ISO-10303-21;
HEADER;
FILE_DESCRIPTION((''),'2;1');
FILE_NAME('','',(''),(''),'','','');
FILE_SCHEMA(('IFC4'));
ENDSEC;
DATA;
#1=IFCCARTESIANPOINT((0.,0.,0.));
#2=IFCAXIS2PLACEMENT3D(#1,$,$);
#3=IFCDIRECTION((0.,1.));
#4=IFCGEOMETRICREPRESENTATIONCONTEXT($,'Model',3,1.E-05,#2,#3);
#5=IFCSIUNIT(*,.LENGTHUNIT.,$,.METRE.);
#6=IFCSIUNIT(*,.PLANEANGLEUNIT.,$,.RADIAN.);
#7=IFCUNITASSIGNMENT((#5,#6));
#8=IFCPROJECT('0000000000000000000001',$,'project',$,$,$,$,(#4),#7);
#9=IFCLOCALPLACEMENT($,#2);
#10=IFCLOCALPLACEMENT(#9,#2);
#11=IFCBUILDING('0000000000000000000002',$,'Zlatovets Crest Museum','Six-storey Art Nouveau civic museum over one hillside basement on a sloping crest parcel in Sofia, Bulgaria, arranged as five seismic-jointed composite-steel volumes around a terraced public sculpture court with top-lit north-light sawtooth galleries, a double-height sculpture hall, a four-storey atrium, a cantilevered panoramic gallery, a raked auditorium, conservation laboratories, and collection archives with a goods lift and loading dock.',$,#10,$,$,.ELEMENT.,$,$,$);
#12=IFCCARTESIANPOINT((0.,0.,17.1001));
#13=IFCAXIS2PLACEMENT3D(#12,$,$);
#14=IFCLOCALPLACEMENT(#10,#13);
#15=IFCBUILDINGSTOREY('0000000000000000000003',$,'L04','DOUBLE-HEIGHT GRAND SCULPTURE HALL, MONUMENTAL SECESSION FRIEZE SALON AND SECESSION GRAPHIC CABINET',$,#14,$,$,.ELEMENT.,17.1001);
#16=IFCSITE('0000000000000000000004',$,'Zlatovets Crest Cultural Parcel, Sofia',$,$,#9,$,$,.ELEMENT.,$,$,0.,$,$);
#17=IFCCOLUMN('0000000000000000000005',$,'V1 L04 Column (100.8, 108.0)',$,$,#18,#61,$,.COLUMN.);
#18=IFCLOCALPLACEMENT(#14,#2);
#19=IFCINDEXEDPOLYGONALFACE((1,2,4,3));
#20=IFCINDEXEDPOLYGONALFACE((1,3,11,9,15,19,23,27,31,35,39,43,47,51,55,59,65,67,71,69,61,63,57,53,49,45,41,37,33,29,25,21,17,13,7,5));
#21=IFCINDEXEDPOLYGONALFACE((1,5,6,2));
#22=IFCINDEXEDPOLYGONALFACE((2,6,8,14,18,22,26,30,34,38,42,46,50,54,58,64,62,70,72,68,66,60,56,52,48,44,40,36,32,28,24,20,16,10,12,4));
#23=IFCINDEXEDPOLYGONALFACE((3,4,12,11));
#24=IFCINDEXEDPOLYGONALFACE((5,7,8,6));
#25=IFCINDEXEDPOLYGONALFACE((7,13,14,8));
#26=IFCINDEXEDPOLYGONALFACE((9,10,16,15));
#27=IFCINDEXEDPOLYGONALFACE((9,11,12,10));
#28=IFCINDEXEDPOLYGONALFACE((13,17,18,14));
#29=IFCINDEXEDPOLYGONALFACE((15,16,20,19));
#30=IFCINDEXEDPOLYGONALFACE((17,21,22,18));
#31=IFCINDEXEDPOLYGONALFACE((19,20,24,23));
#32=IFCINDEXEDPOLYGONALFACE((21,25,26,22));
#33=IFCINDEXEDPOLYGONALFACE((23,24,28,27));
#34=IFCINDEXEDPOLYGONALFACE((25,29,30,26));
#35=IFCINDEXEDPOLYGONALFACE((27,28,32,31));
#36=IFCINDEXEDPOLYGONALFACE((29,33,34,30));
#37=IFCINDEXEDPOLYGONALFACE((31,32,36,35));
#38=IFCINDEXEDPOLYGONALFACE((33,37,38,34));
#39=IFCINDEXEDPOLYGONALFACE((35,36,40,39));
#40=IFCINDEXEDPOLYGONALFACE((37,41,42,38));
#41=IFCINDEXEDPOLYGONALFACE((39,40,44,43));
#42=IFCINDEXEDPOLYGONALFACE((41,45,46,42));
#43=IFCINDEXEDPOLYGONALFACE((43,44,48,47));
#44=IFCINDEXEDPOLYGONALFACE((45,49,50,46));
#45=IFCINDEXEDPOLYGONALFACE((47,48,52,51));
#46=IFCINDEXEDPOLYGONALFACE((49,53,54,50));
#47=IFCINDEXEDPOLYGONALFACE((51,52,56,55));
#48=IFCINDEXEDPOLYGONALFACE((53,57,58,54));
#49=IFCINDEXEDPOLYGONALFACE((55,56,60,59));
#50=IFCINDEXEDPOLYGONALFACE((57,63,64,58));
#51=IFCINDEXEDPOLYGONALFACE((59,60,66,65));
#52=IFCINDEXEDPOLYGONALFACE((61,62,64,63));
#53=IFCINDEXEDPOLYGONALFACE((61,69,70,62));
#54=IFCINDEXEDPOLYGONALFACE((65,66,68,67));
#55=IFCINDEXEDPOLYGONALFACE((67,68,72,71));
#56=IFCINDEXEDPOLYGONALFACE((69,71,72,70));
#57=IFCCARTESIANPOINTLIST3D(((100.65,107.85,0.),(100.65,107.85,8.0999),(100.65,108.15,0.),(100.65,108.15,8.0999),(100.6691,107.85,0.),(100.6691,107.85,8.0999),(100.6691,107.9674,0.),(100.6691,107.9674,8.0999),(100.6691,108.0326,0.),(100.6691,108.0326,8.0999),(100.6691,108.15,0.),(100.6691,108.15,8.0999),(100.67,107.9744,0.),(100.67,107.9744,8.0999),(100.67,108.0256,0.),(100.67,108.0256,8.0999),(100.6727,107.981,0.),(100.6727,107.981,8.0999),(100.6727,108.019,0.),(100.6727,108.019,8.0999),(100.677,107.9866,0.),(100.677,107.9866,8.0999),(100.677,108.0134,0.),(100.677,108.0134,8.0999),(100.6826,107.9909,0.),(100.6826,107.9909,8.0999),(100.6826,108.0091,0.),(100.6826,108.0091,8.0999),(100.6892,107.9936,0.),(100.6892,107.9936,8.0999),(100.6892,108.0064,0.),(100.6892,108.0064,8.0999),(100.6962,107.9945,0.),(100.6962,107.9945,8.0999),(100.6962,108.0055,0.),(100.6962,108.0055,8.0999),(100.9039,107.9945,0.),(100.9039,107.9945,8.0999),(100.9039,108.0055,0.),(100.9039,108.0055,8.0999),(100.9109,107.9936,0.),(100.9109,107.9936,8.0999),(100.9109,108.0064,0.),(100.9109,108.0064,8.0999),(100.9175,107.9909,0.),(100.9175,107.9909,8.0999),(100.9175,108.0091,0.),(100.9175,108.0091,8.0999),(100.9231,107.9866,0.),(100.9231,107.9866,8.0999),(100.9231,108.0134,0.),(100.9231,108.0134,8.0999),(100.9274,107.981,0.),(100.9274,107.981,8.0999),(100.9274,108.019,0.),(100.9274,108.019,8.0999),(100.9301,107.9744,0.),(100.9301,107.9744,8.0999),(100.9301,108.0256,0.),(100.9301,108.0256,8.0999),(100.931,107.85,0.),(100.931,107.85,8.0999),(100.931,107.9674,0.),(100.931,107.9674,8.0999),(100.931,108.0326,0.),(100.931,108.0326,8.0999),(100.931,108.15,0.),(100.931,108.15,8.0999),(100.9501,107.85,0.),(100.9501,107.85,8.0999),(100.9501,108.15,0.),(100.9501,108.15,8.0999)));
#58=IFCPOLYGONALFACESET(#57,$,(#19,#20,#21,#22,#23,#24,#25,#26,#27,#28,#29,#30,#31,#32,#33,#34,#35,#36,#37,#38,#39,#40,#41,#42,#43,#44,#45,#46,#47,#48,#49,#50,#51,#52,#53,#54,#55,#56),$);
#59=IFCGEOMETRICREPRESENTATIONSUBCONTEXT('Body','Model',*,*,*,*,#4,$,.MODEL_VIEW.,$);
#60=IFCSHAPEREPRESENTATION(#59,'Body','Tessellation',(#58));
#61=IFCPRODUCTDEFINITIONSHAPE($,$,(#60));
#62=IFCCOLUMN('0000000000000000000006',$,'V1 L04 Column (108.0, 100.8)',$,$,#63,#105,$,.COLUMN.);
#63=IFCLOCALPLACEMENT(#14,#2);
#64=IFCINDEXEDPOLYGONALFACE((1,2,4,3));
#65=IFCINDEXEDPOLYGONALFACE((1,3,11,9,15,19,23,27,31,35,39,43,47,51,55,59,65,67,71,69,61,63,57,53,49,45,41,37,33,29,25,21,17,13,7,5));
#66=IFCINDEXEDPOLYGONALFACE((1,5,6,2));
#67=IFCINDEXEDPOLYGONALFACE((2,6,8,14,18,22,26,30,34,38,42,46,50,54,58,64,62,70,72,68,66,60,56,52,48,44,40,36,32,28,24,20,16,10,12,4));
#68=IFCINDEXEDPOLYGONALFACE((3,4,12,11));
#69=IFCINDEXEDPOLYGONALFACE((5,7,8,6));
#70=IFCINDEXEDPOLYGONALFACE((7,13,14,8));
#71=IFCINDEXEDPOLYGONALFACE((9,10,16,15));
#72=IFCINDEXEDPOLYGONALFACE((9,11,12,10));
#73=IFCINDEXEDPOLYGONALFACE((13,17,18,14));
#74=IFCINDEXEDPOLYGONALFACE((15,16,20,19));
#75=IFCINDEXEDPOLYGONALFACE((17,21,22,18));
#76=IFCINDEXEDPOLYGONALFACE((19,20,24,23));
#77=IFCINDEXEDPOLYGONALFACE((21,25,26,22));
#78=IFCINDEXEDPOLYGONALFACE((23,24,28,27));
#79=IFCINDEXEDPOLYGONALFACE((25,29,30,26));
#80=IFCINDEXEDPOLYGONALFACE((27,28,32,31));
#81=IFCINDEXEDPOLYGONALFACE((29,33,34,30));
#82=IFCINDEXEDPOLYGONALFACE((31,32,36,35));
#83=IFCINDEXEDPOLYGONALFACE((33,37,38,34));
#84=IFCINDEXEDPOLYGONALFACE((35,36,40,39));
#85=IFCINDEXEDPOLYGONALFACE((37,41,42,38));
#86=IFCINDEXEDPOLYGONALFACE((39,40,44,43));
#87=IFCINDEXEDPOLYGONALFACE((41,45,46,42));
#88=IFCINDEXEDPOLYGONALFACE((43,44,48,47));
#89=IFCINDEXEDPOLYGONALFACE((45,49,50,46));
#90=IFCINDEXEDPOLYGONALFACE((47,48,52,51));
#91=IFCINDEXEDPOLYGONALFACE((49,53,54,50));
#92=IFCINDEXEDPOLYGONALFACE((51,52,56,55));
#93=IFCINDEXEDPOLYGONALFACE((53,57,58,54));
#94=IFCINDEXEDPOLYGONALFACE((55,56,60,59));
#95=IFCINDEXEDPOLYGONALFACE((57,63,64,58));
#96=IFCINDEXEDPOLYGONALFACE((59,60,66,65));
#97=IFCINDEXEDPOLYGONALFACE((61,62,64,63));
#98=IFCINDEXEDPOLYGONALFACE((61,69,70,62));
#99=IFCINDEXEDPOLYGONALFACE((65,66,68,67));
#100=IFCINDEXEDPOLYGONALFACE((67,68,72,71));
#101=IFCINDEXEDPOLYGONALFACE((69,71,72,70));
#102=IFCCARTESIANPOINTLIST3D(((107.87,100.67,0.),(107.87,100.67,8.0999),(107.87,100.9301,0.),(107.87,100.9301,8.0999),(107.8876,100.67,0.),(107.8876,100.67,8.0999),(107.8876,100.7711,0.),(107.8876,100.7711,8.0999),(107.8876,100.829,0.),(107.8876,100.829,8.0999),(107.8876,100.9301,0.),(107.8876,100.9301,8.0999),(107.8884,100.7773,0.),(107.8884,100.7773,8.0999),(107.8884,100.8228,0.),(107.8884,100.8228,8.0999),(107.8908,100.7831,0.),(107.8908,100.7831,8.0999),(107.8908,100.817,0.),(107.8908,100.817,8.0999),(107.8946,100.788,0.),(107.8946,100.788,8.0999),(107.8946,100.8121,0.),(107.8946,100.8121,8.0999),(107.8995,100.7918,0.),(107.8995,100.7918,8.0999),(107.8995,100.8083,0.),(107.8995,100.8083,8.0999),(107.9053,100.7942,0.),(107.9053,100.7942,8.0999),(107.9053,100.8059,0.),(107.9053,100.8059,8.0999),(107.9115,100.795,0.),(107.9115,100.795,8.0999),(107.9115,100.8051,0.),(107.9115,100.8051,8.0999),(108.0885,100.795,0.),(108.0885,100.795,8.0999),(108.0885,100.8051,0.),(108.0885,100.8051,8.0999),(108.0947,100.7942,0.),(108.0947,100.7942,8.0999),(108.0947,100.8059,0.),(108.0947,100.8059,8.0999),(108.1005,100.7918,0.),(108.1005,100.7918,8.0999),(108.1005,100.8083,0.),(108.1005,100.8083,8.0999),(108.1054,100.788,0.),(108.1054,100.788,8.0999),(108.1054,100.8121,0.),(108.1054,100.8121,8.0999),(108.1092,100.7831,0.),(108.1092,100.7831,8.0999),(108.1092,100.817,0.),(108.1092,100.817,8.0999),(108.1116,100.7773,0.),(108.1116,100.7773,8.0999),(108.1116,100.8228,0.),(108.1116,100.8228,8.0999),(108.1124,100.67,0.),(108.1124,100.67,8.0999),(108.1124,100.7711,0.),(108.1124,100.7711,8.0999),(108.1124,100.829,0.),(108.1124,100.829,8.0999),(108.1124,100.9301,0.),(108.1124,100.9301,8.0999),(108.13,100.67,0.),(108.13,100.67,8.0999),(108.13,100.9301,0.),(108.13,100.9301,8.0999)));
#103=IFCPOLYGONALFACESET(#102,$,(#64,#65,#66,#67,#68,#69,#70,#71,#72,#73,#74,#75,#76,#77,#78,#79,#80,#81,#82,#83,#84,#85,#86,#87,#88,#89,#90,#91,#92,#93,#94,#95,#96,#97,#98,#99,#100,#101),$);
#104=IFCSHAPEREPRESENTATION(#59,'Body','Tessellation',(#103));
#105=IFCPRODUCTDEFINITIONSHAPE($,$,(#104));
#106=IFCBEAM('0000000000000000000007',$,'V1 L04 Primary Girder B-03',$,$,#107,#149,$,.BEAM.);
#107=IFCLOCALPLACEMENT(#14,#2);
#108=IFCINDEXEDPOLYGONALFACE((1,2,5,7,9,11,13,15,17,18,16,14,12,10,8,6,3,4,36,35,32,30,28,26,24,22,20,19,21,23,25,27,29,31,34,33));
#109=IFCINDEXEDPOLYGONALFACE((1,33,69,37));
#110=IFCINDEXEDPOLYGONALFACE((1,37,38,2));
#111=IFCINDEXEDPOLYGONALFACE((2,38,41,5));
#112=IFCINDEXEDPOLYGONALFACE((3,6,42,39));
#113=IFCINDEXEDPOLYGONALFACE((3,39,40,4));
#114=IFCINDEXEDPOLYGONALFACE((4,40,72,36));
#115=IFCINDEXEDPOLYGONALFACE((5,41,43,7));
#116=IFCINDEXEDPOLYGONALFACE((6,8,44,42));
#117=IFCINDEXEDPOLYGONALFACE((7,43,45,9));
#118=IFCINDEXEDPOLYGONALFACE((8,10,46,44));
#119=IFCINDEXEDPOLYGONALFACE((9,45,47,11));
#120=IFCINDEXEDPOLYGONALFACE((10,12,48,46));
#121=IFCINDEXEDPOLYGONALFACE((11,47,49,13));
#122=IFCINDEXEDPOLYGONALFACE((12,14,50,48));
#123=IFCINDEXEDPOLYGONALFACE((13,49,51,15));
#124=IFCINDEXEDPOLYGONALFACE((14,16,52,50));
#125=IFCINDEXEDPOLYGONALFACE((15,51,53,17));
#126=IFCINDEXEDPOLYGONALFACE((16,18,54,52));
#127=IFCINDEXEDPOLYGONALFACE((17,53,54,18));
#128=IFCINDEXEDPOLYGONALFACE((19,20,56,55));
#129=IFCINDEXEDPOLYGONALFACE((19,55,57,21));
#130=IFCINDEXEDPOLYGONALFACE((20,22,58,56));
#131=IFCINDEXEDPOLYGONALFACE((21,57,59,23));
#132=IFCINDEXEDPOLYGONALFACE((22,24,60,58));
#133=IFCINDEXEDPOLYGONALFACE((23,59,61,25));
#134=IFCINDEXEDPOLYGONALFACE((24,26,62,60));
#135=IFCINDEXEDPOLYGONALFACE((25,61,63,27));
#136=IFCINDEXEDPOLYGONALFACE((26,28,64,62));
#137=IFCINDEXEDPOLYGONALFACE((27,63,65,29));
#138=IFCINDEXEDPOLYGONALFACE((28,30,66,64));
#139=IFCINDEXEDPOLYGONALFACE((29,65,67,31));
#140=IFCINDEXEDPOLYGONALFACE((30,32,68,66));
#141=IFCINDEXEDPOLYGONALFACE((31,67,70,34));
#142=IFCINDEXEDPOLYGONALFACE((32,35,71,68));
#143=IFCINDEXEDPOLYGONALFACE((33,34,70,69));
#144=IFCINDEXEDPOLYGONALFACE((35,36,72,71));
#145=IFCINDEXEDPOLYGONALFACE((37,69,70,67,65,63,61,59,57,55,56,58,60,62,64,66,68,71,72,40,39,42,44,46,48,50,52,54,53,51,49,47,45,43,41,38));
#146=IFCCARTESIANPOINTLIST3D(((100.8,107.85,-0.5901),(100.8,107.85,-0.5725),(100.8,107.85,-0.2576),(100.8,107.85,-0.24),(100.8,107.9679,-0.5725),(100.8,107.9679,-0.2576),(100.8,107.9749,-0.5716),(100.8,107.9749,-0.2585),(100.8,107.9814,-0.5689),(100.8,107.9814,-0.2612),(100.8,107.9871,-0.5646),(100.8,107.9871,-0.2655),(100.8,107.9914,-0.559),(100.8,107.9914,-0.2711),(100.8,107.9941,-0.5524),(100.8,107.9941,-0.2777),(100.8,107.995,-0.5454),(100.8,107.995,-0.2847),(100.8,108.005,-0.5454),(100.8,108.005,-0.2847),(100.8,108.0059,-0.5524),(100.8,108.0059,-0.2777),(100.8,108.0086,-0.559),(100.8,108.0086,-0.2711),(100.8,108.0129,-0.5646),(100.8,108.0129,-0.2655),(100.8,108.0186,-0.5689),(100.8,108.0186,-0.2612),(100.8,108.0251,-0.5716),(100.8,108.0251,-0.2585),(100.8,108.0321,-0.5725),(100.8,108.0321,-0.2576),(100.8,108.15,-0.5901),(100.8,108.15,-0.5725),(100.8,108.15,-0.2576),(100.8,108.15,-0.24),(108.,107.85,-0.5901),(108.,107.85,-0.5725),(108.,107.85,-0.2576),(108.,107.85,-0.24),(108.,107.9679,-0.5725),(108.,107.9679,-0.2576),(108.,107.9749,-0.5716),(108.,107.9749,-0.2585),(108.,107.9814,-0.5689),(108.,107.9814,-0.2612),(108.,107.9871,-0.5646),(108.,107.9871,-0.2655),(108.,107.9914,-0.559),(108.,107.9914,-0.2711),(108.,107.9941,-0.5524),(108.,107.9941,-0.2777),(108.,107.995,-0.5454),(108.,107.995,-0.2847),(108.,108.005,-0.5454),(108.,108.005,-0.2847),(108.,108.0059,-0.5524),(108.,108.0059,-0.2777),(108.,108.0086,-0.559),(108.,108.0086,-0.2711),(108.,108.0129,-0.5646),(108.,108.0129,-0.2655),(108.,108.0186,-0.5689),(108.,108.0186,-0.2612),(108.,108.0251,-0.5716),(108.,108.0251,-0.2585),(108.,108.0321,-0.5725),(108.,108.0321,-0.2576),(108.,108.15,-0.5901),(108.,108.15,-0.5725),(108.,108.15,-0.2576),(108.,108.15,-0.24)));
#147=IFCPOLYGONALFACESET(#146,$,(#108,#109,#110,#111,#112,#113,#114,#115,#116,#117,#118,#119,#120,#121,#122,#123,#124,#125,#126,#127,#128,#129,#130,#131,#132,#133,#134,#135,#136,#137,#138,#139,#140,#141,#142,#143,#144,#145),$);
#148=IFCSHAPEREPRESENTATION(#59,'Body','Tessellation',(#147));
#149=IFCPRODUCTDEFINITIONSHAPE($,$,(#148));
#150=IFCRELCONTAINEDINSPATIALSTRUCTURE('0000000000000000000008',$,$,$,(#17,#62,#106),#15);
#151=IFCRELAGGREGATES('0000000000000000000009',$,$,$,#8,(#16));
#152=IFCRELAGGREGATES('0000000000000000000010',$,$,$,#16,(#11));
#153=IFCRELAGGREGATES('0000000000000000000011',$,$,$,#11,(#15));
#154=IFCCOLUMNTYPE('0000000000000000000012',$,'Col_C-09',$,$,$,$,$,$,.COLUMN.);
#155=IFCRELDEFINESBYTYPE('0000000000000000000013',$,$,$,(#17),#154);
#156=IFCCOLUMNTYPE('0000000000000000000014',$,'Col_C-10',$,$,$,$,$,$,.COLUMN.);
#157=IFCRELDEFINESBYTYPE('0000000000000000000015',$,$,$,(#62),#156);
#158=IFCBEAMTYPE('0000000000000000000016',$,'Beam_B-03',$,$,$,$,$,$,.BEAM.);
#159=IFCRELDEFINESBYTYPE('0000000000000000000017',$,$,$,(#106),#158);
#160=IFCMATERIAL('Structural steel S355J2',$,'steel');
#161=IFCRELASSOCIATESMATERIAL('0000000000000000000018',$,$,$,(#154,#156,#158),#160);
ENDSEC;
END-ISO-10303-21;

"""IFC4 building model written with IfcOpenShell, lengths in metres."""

from ifc_helpers import new_model, si_unit, direction, frame, origin, origin_2d, place, context, subcontext, project, spatial, i_section, extrude, material, material_profile, profile_set, type_object, element, save


model = new_model("IFC4")

# Units and contexts
model_context = context("Model", 3, precision=1e-05, world=origin(), true_north=direction((0.0, 1.0)))
body_context = subcontext(model_context, "Body", "Model", "MODEL_VIEW")
ifc_project = project(units=[si_unit("LENGTHUNIT", "METRE"), si_unit("PLANEANGLEUNIT", "RADIAN")], contexts=[model_context])

# Site, building, storey
site_placement = place(None, origin())
site = spatial("IfcSite", under=ifc_project, at=site_placement, Name="Zlatovets Crest Cultural Parcel, Sofia", CompositionType="ELEMENT", RefElevation=0.0)
building_placement = place(site_placement, origin())
building = spatial("IfcBuilding", under=site, at=building_placement, Name="Zlatovets Crest Museum", Description="Six-storey Art Nouveau civic museum over one hillside basement on a sloping crest parcel in Sofia, Bulgaria, arranged as five seismic-jointed composite-steel volumes around a terraced public sculpture court with top-lit north-light sawtooth galleries, a double-height sculpture hall, a four-storey atrium, a cantilevered panoramic gallery, a raked auditorium, conservation laboratories, and collection archives with a goods lift and loading dock.", CompositionType="ELEMENT")
storey_placement = place(building_placement, frame((0.0, 0.0, 17.1001)))
storey = spatial("IfcBuildingStorey", under=building, at=storey_placement, Name="L04", Description="DOUBLE-HEIGHT GRAND SCULPTURE HALL, MONUMENTAL SECESSION FRIEZE SALON AND SECESSION GRAPHIC CABINET", CompositionType="ELEMENT", Elevation=17.1001)

# Columns
ifc_material_1 = material(Name="Structural steel S355J2", Category="steel")
ifc_material_profile_1 = material_profile(ifc_material_1, i_section(OverallWidth=0.3, OverallDepth=0.3, WebThickness=0.011, FlangeThickness=0.019, FilletRadius=0.0271, at=origin_2d()), Name="HEB 300")
ifc_profile_set_1 = profile_set([ifc_material_profile_1], Name="Structural steel S355J2")
column_type_1 = type_object("IfcColumnType", Name="Col_C-09", PredefinedType="COLUMN", material=ifc_profile_set_1)
column_1_placement = place(storey_placement, frame((100.8, 108.0, 0.0), z_axis=(0.0, 0.0, 1.0), x_axis=(0.0, 1.0, 0.0)))
element("IfcColumn", 1, at=column_1_placement, inside=storey, type_object=column_type_1, Name="V1 L04 Column (100.8, 108.0)", PredefinedType="COLUMN", context=body_context, shape_type="SweptSolid", body=[
    extrude(i_section(OverallWidth=0.3, OverallDepth=0.3, WebThickness=0.011, FlangeThickness=0.019, FilletRadius=0.0271, at=origin_2d()), origin(), (0.0, 0.0, 1.0), 8.0999),
])
ifc_material_profile_2 = material_profile(ifc_material_1, i_section(OverallWidth=0.26, OverallDepth=0.26, WebThickness=0.01, FlangeThickness=0.0176, FilletRadius=0.0239, at=origin_2d()), Name="HEB 260")
ifc_profile_set_2 = profile_set([ifc_material_profile_2], Name="Structural steel S355J2")
column_type_2 = type_object("IfcColumnType", Name="Col_C-10", PredefinedType="COLUMN", material=ifc_profile_set_2)
column_2_placement = place(storey_placement, frame((108.0, 100.8, 0.0), z_axis=(0.0, 0.0, 1.0), x_axis=(0.0, 1.0, 0.0)))
element("IfcColumn", 2, at=column_2_placement, inside=storey, type_object=column_type_2, Name="V1 L04 Column (108.0, 100.8)", PredefinedType="COLUMN", context=body_context, shape_type="SweptSolid", body=[
    extrude(i_section(OverallWidth=0.26, OverallDepth=0.26, WebThickness=0.01, FlangeThickness=0.0176, FilletRadius=0.0239, at=origin_2d()), origin(), (0.0, 0.0, 1.0), 8.0999),
])

# Beam
ifc_material_profile_3 = material_profile(ifc_material_1, i_section(OverallWidth=0.3, OverallDepth=0.3501, WebThickness=0.01, FlangeThickness=0.0176, FilletRadius=0.0271, at=origin_2d()), Name="HEA 360")
ifc_profile_set_3 = profile_set([ifc_material_profile_3], Name="Structural steel S355J2")
beam_type_1 = type_object("IfcBeamType", Name="Beam_B-03", PredefinedType="BEAM", material=ifc_profile_set_3)
beam_1_placement = place(storey_placement, frame((100.8, 108.0, -0.415), z_axis=(1.0, 0.0, 0.0), x_axis=(0.0, 1.0, 0.0)))
element("IfcBeam", 3, at=beam_1_placement, inside=storey, type_object=beam_type_1, Name="V1 L04 Primary Girder B-03", PredefinedType="BEAM", context=body_context, shape_type="SweptSolid", body=[
    extrude(i_section(OverallWidth=0.3, OverallDepth=0.3501, WebThickness=0.01, FlangeThickness=0.0176, FilletRadius=0.0271, at=origin_2d()), origin(), (0.0, 0.0, 1.0), 7.2),
])

save(model, "model.ifc")
